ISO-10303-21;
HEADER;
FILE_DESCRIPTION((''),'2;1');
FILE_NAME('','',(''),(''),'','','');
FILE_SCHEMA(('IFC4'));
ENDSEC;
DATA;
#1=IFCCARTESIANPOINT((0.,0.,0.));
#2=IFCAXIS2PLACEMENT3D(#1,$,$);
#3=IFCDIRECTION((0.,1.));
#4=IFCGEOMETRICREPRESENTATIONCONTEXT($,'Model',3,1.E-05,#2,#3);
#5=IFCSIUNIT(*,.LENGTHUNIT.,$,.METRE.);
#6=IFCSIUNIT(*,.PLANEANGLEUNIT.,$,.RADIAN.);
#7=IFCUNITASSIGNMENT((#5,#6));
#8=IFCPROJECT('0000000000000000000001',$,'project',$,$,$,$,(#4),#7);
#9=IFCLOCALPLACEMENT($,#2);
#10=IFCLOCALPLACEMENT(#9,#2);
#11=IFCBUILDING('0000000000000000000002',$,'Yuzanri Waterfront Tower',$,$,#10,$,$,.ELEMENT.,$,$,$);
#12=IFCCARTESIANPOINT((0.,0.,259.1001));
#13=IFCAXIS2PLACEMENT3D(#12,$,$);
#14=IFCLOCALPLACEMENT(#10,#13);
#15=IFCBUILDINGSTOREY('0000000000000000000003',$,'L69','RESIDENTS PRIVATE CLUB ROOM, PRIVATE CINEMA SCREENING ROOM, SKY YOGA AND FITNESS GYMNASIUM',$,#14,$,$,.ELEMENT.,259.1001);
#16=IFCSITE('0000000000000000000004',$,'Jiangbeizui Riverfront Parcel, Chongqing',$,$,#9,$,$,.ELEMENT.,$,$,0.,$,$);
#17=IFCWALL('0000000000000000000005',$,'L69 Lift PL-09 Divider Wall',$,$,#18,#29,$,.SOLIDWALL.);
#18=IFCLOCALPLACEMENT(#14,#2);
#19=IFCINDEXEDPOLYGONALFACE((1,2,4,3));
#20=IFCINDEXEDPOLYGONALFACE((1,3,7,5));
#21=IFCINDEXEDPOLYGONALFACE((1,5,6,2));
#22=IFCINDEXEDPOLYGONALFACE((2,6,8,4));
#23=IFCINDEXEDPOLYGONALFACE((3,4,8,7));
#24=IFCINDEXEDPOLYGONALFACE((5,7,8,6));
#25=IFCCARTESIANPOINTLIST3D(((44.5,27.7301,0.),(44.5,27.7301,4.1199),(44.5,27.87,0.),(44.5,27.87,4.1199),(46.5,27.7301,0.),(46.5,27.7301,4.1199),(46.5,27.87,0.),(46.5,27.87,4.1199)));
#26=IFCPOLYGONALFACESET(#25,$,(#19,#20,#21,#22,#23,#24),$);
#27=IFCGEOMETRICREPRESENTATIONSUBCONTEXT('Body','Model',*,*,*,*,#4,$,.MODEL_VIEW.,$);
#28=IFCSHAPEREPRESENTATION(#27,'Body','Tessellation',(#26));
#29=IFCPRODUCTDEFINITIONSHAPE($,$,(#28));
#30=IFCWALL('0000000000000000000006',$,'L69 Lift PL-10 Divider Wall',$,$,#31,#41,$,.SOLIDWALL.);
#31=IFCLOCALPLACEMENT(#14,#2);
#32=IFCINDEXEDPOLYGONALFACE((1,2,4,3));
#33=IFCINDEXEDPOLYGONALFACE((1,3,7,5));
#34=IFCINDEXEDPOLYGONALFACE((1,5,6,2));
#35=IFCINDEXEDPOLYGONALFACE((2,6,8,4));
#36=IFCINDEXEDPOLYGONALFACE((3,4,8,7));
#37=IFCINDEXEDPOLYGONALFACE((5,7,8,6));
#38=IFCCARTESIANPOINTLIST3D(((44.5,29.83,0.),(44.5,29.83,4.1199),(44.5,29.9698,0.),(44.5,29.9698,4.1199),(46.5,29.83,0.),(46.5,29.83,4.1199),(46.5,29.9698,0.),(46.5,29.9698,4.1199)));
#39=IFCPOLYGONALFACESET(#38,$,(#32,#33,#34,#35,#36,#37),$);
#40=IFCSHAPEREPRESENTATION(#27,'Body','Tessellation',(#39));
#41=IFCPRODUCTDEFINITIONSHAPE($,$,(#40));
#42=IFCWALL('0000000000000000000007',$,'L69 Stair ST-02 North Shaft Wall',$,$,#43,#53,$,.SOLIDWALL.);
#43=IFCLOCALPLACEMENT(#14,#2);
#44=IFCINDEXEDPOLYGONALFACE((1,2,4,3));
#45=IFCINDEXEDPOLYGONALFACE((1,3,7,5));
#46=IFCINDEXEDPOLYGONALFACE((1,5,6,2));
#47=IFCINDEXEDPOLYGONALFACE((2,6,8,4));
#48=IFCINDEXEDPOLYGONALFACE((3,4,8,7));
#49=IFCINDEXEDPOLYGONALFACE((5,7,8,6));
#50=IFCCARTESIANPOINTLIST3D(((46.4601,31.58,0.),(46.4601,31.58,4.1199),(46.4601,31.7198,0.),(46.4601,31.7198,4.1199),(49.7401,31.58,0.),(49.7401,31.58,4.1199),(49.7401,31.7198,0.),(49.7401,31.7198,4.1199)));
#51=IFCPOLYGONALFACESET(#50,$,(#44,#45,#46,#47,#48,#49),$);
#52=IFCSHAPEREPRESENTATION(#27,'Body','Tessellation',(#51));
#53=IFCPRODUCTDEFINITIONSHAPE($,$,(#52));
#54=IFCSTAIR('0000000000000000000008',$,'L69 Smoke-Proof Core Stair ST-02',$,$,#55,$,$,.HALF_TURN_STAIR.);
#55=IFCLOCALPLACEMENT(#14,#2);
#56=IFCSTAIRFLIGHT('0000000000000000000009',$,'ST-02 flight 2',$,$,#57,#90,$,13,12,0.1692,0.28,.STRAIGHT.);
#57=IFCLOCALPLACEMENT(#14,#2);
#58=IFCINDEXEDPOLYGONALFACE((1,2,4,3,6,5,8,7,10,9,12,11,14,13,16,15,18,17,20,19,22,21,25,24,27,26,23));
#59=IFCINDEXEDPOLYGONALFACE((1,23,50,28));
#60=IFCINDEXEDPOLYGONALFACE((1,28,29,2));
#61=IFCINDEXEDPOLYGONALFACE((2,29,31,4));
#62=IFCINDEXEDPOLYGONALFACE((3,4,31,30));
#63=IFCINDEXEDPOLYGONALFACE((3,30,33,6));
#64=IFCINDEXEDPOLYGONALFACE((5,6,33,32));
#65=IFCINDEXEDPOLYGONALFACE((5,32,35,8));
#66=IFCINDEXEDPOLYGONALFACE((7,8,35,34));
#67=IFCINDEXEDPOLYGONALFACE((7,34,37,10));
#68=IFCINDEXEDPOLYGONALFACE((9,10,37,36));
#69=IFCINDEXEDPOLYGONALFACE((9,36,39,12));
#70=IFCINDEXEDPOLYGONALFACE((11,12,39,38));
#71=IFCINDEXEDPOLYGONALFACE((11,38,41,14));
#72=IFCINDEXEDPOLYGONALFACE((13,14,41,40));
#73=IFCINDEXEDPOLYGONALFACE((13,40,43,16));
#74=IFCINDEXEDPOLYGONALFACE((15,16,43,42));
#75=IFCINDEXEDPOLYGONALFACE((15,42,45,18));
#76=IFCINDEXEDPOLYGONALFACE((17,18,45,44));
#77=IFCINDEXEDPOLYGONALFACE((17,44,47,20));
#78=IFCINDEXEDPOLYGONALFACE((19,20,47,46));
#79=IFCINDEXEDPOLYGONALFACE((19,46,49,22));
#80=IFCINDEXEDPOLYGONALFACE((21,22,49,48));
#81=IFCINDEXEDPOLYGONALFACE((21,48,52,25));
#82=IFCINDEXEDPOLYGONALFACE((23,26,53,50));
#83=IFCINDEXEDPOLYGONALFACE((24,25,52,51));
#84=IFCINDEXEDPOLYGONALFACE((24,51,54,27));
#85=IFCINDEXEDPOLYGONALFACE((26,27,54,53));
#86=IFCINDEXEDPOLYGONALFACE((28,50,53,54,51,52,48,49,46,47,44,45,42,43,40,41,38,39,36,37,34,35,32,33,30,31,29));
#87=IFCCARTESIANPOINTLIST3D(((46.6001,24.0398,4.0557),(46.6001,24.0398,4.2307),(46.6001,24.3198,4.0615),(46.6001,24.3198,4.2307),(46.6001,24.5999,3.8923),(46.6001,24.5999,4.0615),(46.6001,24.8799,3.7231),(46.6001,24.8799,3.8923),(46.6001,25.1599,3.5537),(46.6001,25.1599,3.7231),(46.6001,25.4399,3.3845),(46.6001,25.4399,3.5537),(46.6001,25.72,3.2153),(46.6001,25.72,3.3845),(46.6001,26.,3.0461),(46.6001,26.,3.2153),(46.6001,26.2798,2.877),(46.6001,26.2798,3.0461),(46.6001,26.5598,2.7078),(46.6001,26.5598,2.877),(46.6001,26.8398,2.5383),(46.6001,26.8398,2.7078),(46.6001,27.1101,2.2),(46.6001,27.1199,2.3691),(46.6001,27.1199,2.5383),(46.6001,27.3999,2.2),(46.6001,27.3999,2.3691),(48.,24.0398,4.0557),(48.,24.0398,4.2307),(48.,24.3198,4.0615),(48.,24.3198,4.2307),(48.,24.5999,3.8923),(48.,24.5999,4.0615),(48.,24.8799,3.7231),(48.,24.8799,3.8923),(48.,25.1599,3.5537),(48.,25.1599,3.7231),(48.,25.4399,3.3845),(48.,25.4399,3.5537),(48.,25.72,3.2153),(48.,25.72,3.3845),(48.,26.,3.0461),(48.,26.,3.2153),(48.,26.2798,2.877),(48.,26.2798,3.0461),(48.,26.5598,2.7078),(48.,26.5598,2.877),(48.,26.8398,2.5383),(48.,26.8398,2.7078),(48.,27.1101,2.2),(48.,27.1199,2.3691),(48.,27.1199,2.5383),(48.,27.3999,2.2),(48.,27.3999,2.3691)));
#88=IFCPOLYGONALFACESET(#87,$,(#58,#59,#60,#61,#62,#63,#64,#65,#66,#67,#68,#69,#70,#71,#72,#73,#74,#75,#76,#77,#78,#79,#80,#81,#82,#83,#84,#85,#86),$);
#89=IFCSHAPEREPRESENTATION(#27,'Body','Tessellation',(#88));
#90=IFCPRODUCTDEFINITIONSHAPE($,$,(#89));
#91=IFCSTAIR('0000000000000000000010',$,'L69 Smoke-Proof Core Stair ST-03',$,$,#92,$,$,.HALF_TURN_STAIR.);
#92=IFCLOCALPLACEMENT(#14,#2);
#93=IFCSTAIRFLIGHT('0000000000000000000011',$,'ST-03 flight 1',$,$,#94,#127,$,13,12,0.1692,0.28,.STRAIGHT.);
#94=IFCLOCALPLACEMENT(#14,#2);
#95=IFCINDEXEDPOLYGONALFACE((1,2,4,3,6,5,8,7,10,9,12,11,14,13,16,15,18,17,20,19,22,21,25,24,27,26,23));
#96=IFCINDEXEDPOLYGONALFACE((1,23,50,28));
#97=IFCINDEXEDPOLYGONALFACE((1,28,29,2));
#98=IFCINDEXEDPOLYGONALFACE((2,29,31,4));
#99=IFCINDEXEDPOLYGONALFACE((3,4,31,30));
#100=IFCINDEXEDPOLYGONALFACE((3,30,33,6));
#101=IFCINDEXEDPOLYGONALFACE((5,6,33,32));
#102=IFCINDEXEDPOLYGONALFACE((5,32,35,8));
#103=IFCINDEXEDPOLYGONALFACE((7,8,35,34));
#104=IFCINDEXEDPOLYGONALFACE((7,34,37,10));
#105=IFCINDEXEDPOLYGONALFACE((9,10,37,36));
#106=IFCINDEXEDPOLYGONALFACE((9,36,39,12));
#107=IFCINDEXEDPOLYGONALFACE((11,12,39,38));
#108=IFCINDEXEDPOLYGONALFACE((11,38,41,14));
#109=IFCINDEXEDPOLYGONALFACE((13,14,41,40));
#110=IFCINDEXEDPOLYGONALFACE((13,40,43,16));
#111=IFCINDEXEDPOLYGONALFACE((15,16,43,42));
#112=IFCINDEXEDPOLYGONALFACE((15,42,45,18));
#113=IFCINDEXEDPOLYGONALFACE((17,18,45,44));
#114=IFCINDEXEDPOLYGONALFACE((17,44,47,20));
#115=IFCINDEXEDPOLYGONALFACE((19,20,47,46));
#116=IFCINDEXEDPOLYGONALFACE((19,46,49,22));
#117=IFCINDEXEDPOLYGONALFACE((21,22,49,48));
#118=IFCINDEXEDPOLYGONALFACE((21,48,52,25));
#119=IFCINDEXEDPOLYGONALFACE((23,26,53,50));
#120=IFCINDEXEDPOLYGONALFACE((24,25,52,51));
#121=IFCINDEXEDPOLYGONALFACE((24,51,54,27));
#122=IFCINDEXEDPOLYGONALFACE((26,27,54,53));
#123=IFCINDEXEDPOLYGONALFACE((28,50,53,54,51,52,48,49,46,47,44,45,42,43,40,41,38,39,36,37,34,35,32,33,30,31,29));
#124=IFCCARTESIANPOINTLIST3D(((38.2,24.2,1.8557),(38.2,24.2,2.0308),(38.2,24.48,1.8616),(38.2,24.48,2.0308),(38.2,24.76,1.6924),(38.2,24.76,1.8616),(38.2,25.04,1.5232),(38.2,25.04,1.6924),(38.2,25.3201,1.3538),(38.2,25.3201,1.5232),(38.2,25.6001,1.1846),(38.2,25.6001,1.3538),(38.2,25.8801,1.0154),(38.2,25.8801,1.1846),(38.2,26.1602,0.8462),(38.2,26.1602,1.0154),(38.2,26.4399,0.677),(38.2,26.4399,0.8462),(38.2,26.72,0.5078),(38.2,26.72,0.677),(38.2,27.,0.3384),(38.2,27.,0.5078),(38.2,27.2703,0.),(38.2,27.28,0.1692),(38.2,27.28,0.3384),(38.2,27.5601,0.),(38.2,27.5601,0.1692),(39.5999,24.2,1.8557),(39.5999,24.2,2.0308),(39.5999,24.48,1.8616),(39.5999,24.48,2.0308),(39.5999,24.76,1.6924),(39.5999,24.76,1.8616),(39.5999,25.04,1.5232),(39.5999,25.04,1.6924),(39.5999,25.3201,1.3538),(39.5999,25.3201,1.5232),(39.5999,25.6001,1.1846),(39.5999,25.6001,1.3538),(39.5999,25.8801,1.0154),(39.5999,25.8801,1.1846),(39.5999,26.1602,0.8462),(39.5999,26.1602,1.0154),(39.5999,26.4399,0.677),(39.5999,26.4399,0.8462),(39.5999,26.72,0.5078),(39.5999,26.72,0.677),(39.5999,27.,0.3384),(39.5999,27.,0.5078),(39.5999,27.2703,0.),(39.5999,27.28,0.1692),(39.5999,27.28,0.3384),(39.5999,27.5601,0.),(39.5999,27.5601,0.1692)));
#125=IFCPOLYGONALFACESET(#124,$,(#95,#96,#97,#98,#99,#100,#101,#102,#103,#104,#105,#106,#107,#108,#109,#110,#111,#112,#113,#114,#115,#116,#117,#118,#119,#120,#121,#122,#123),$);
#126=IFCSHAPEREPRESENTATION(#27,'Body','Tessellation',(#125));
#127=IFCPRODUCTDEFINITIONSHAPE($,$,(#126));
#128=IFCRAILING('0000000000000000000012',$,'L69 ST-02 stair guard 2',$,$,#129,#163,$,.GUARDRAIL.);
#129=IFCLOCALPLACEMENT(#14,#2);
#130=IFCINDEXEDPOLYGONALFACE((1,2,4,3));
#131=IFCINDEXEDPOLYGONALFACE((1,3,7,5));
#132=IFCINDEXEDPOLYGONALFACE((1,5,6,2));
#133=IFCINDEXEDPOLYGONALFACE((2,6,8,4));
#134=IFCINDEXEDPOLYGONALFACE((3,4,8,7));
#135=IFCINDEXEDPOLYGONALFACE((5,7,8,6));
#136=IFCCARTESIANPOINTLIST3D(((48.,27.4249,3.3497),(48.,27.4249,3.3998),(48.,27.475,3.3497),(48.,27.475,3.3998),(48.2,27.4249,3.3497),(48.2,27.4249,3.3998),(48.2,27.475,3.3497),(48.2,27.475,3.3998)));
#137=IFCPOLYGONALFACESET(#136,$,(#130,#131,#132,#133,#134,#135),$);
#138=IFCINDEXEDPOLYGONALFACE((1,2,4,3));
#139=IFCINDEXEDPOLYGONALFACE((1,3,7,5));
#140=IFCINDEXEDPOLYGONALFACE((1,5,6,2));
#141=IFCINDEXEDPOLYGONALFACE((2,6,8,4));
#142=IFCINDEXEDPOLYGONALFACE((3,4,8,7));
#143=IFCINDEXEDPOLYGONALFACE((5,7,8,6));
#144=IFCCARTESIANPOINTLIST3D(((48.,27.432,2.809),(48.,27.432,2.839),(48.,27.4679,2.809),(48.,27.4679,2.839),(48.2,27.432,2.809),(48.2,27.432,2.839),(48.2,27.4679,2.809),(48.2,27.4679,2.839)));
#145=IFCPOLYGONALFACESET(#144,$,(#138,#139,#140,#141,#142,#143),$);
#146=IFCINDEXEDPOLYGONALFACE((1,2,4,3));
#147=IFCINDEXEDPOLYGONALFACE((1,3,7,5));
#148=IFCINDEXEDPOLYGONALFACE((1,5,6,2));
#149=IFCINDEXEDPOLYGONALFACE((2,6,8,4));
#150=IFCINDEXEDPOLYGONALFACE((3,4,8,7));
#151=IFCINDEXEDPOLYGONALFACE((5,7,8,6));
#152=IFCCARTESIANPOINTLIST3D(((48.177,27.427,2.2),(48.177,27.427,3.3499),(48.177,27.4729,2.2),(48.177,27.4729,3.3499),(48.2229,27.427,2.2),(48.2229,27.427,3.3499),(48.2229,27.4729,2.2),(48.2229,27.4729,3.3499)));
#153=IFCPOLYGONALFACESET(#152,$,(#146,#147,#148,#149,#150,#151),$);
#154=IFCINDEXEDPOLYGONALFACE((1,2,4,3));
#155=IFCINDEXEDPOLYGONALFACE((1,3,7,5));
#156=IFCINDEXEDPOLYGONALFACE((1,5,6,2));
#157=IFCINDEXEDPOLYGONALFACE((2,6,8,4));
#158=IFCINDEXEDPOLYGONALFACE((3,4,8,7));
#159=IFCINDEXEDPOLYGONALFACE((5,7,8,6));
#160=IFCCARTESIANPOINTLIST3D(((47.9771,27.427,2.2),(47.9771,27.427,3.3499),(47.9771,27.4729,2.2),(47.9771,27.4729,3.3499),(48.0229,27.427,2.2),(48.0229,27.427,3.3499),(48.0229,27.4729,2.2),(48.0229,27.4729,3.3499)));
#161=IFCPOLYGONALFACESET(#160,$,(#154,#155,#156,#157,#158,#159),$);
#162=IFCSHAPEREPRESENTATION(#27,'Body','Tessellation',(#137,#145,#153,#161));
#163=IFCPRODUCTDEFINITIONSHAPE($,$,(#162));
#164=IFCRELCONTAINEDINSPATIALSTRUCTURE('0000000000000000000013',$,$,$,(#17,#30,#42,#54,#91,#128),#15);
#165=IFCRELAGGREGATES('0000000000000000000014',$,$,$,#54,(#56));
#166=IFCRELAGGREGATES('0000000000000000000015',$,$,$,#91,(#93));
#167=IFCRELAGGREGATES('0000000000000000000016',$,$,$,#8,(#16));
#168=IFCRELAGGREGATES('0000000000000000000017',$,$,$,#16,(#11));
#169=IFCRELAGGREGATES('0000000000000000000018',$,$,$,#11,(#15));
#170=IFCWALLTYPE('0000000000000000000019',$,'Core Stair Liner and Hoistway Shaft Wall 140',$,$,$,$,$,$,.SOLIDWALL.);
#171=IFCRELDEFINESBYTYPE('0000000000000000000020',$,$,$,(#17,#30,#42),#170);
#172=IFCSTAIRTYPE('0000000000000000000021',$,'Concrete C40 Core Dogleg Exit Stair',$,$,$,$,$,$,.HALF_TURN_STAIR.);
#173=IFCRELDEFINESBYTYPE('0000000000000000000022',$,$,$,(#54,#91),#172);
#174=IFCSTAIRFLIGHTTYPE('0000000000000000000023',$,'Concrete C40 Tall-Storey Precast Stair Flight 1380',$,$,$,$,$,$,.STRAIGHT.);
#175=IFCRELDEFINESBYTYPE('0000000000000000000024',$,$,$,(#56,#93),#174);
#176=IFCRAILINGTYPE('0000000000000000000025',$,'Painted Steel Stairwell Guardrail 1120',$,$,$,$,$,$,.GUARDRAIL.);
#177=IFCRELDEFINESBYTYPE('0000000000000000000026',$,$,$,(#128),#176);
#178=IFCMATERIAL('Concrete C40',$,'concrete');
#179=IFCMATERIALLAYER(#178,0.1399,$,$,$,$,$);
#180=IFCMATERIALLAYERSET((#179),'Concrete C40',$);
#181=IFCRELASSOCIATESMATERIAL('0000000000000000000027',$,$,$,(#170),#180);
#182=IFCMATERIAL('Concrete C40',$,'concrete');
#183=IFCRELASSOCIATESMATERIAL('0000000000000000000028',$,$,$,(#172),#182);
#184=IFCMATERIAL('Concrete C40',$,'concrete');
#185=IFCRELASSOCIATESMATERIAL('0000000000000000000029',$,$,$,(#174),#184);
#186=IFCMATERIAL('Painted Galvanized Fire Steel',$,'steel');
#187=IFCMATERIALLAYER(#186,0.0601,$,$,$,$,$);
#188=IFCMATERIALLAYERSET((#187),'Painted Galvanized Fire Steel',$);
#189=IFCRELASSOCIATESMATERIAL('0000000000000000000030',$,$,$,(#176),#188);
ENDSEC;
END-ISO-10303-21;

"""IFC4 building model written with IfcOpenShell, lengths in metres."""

from ifc_helpers import new_model, si_unit, direction, frame, frame_2d, origin, origin_2d, place, context, subcontext, project, spatial, polyline, rectangle, outline, extrude, source, transform, mapped, material, layer, layer_set, type_object, element, aggregate, save


model = new_model("IFC4")

# Units and contexts
model_context = context("Model", 3, precision=1e-05, world=origin(), true_north=direction((0.0, 1.0)))
body_context = subcontext(model_context, "Body", "Model", "MODEL_VIEW")
ifc_project = project(units=[si_unit("LENGTHUNIT", "METRE"), si_unit("PLANEANGLEUNIT", "RADIAN")], contexts=[model_context])

# Site, building, storey
site_placement = place(None, origin())
site = spatial("IfcSite", under=ifc_project, at=site_placement, Name="Jiangbeizui Riverfront Parcel, Chongqing", CompositionType="ELEMENT", RefElevation=0.0)
building_placement = place(site_placement, origin())
building = spatial("IfcBuilding", under=site, at=building_placement, Name="Yuzanri Waterfront Tower", CompositionType="ELEMENT")
storey_placement = place(building_placement, frame((0.0, 0.0, 259.1001)))
storey = spatial("IfcBuildingStorey", under=building, at=storey_placement, Name="L69", Description="RESIDENTS PRIVATE CLUB ROOM, PRIVATE CINEMA SCREENING ROOM, SKY YOGA AND FITNESS GYMNASIUM", CompositionType="ELEMENT", Elevation=259.1001)

# Shared definitions
ifc_material_1 = material(Name="Concrete C40", Category="concrete")
ifc_layer_1 = layer(ifc_material_1, 0.1399)
ifc_layer_set_1 = layer_set([ifc_layer_1], Name="Concrete C40")
wall_type_1 = type_object("IfcWallType", Name="Core Stair Liner and Hoistway Shaft Wall 140", PredefinedType="SOLIDWALL", material=ifc_layer_set_1)

# Walls
shared_shape_1 = source(origin(), body_context, "Body", "SweptSolid", [
    extrude(rectangle(XDim=2.0, YDim=0.1399, at=frame_2d((1.0, 0.0))), origin(), (0.0, 0.0, 1.0), 4.1199),
])
for number, where, z_axis, x_axis, name in (
    (1, (44.5, 27.8, 0.0), (0.0, 0.0, 1.0), (1.0, 0.0, 0.0), "L69 Lift PL-09 Divider Wall"),
    (2, (44.5, 29.8999, 0.0), (0.0, 0.0, 1.0), (1.0, 0.0, 0.0), "L69 Lift PL-10 Divider Wall"),
):
    element("IfcWall", number, at=place(storey_placement, frame(where, z_axis=z_axis, x_axis=x_axis)), inside=storey, type_object=wall_type_1, Name=name, PredefinedType="SOLIDWALL", context=body_context, shape_type="MappedRepresentation", body=[
        mapped(shared_shape_1, transform((0.0, 0.0, 0.0), scale=1.0)),
    ])
shared_shape_2 = source(origin(), body_context, "Body", "SweptSolid", [
    extrude(rectangle(XDim=3.28, YDim=0.1399, at=frame_2d((1.6401, 0.0))), origin(), (0.0, 0.0, 1.0), 4.1199),
])
wall_1_placement = place(storey_placement, frame((46.46, 31.6499, 0.0), z_axis=(0.0, 0.0, 1.0), x_axis=(1.0, 0.0, 0.0)))
element("IfcWall", 3, at=wall_1_placement, inside=storey, type_object=wall_type_1, Name="L69 Stair ST-02 North Shaft Wall", PredefinedType="SOLIDWALL", context=body_context, shape_type="MappedRepresentation", body=[
    mapped(shared_shape_2, transform((0.0, 0.0, 0.0), scale=1.0)),
])

# Stairs, stair flights
ifc_material_2 = material(Name="Concrete C40", Category="concrete")
stair_type = type_object("IfcStairType", Name="Concrete C40 Core Dogleg Exit Stair", PredefinedType="HALF_TURN_STAIR", material=ifc_material_2)
stair_1_placement = place(storey_placement, origin())
stair_1 = element("IfcStair", 4, at=stair_1_placement, inside=storey, type_object=stair_type, Name="L69 Smoke-Proof Core Stair ST-02", PredefinedType="HALF_TURN_STAIR")
ifc_material_3 = material(Name="Concrete C40", Category="concrete")
stair_flight_type = type_object("IfcStairFlightType", Name="Concrete C40 Tall-Storey Precast Stair Flight 1380", PredefinedType="STRAIGHT", material=ifc_material_3)
shared_shape_3 = source(origin(), body_context, "Body", "SweptSolid", [
    extrude(outline(polyline([(0.0, 0.0), (0.0, 0.1692), (0.28, 0.1692), (0.28, 0.3384), (0.5601, 0.3384), (0.5601, 0.5078), (0.8401, 0.5078), (0.8401, 0.677), (1.1201, 0.677), (1.1201, 0.8462), (1.3999, 0.8462), (1.3999, 1.0154), (1.6799, 1.0154), (1.6799, 1.1846), (1.96, 1.1846), (1.96, 1.3538), (2.24, 1.3538), (2.24, 1.5232), (2.52, 1.5232), (2.52, 1.6924), (2.8, 1.6924), (2.8, 1.8616), (3.0801, 1.8616), (3.0801, 2.0308), (3.3601, 2.0308), (3.3601, 2.2), (3.3601, 1.8557), (0.2898, 0.0), (0.0, 0.0)])), frame((0.0, 0.7, 0.0), z_axis=(0.0, -1.0, 0.0), x_axis=(1.0, 0.0, 0.0)), (0.0, 0.0, 1.0), 1.3999),
])
stair_flight_1_placement = place(storey_placement, frame((47.3, 27.3999, 2.2), z_axis=(0.0, 0.0, 1.0), x_axis=(0.0, -1.0, 0.0)))
stair_flight_1 = element("IfcStairFlight", 5, at=stair_flight_1_placement, type_object=stair_flight_type, Name="ST-02 flight 2", NumberOfRisers=13, NumberOfTreads=12, PredefinedType="STRAIGHT", RiserHeight=0.1692, TreadLength=0.28, context=body_context, shape_type="MappedRepresentation", body=[
    mapped(shared_shape_3, transform((0.0, 0.0, 0.0), scale=1.0)),
])
aggregate(stair_1, [stair_flight_1])
stair_2_placement = place(storey_placement, origin())
stair_2 = element("IfcStair", 6, at=stair_2_placement, inside=storey, type_object=stair_type, Name="L69 Smoke-Proof Core Stair ST-03", PredefinedType="HALF_TURN_STAIR")
stair_flight_2_placement = place(storey_placement, frame((38.8999, 27.5601, 0.0), z_axis=(0.0, 0.0, 1.0), x_axis=(0.0, -1.0, 0.0)))
stair_flight_2 = element("IfcStairFlight", 7, at=stair_flight_2_placement, type_object=stair_flight_type, Name="ST-03 flight 1", NumberOfRisers=13, NumberOfTreads=12, PredefinedType="STRAIGHT", RiserHeight=0.1692, TreadLength=0.28, context=body_context, shape_type="MappedRepresentation", body=[
    mapped(shared_shape_3, transform((0.0, 0.0, 0.0), scale=1.0)),
])
aggregate(stair_2, [stair_flight_2])

# Railing
ifc_material_4 = material(Name="Painted Galvanized Fire Steel", Category="steel")
ifc_layer_2 = layer(ifc_material_4, 0.0601)
ifc_layer_set_2 = layer_set([ifc_layer_2], Name="Painted Galvanized Fire Steel")
railing_type_1 = type_object("IfcRailingType", Name="Painted Steel Stairwell Guardrail 1120", PredefinedType="GUARDRAIL", material=ifc_layer_set_2)
shared_shape_4 = source(origin(), body_context, "Body", "SweptSolid", [
    extrude(rectangle(XDim=0.05, YDim=0.05, at=origin_2d()), frame((0.0, 0.0, 1.1748), z_axis=(-1.0, 0.0, 0.0), x_axis=(0.0, -1.0, 0.0)), (0.0, 0.0, 1.0), 0.2),
    extrude(rectangle(XDim=0.0359, YDim=0.03, at=origin_2d()), frame((0.0, 0.0, 0.624), z_axis=(-1.0, 0.0, 0.0), x_axis=(0.0, -1.0, 0.0)), (0.0, 0.0, 1.0), 0.2),
    extrude(rectangle(XDim=0.0459, YDim=0.0459, at=origin_2d()), origin(), (0.0, 0.0, 1.0), 1.1499),
    extrude(rectangle(XDim=0.0459, YDim=0.0459, at=origin_2d()), frame((-0.2, 0.0, 0.0)), (0.0, 0.0, 1.0), 1.1499),
])
railing_1_placement = place(storey_placement, frame((48.2, 27.45, 2.2)))
element("IfcRailing", 8, at=railing_1_placement, inside=storey, type_object=railing_type_1, Name="L69 ST-02 stair guard 2", PredefinedType="GUARDRAIL", context=body_context, shape_type="MappedRepresentation", body=[
    mapped(shared_shape_4, transform((0.0, 0.0, 0.0), scale=1.0)),
])

save(model, "model.ifc")
